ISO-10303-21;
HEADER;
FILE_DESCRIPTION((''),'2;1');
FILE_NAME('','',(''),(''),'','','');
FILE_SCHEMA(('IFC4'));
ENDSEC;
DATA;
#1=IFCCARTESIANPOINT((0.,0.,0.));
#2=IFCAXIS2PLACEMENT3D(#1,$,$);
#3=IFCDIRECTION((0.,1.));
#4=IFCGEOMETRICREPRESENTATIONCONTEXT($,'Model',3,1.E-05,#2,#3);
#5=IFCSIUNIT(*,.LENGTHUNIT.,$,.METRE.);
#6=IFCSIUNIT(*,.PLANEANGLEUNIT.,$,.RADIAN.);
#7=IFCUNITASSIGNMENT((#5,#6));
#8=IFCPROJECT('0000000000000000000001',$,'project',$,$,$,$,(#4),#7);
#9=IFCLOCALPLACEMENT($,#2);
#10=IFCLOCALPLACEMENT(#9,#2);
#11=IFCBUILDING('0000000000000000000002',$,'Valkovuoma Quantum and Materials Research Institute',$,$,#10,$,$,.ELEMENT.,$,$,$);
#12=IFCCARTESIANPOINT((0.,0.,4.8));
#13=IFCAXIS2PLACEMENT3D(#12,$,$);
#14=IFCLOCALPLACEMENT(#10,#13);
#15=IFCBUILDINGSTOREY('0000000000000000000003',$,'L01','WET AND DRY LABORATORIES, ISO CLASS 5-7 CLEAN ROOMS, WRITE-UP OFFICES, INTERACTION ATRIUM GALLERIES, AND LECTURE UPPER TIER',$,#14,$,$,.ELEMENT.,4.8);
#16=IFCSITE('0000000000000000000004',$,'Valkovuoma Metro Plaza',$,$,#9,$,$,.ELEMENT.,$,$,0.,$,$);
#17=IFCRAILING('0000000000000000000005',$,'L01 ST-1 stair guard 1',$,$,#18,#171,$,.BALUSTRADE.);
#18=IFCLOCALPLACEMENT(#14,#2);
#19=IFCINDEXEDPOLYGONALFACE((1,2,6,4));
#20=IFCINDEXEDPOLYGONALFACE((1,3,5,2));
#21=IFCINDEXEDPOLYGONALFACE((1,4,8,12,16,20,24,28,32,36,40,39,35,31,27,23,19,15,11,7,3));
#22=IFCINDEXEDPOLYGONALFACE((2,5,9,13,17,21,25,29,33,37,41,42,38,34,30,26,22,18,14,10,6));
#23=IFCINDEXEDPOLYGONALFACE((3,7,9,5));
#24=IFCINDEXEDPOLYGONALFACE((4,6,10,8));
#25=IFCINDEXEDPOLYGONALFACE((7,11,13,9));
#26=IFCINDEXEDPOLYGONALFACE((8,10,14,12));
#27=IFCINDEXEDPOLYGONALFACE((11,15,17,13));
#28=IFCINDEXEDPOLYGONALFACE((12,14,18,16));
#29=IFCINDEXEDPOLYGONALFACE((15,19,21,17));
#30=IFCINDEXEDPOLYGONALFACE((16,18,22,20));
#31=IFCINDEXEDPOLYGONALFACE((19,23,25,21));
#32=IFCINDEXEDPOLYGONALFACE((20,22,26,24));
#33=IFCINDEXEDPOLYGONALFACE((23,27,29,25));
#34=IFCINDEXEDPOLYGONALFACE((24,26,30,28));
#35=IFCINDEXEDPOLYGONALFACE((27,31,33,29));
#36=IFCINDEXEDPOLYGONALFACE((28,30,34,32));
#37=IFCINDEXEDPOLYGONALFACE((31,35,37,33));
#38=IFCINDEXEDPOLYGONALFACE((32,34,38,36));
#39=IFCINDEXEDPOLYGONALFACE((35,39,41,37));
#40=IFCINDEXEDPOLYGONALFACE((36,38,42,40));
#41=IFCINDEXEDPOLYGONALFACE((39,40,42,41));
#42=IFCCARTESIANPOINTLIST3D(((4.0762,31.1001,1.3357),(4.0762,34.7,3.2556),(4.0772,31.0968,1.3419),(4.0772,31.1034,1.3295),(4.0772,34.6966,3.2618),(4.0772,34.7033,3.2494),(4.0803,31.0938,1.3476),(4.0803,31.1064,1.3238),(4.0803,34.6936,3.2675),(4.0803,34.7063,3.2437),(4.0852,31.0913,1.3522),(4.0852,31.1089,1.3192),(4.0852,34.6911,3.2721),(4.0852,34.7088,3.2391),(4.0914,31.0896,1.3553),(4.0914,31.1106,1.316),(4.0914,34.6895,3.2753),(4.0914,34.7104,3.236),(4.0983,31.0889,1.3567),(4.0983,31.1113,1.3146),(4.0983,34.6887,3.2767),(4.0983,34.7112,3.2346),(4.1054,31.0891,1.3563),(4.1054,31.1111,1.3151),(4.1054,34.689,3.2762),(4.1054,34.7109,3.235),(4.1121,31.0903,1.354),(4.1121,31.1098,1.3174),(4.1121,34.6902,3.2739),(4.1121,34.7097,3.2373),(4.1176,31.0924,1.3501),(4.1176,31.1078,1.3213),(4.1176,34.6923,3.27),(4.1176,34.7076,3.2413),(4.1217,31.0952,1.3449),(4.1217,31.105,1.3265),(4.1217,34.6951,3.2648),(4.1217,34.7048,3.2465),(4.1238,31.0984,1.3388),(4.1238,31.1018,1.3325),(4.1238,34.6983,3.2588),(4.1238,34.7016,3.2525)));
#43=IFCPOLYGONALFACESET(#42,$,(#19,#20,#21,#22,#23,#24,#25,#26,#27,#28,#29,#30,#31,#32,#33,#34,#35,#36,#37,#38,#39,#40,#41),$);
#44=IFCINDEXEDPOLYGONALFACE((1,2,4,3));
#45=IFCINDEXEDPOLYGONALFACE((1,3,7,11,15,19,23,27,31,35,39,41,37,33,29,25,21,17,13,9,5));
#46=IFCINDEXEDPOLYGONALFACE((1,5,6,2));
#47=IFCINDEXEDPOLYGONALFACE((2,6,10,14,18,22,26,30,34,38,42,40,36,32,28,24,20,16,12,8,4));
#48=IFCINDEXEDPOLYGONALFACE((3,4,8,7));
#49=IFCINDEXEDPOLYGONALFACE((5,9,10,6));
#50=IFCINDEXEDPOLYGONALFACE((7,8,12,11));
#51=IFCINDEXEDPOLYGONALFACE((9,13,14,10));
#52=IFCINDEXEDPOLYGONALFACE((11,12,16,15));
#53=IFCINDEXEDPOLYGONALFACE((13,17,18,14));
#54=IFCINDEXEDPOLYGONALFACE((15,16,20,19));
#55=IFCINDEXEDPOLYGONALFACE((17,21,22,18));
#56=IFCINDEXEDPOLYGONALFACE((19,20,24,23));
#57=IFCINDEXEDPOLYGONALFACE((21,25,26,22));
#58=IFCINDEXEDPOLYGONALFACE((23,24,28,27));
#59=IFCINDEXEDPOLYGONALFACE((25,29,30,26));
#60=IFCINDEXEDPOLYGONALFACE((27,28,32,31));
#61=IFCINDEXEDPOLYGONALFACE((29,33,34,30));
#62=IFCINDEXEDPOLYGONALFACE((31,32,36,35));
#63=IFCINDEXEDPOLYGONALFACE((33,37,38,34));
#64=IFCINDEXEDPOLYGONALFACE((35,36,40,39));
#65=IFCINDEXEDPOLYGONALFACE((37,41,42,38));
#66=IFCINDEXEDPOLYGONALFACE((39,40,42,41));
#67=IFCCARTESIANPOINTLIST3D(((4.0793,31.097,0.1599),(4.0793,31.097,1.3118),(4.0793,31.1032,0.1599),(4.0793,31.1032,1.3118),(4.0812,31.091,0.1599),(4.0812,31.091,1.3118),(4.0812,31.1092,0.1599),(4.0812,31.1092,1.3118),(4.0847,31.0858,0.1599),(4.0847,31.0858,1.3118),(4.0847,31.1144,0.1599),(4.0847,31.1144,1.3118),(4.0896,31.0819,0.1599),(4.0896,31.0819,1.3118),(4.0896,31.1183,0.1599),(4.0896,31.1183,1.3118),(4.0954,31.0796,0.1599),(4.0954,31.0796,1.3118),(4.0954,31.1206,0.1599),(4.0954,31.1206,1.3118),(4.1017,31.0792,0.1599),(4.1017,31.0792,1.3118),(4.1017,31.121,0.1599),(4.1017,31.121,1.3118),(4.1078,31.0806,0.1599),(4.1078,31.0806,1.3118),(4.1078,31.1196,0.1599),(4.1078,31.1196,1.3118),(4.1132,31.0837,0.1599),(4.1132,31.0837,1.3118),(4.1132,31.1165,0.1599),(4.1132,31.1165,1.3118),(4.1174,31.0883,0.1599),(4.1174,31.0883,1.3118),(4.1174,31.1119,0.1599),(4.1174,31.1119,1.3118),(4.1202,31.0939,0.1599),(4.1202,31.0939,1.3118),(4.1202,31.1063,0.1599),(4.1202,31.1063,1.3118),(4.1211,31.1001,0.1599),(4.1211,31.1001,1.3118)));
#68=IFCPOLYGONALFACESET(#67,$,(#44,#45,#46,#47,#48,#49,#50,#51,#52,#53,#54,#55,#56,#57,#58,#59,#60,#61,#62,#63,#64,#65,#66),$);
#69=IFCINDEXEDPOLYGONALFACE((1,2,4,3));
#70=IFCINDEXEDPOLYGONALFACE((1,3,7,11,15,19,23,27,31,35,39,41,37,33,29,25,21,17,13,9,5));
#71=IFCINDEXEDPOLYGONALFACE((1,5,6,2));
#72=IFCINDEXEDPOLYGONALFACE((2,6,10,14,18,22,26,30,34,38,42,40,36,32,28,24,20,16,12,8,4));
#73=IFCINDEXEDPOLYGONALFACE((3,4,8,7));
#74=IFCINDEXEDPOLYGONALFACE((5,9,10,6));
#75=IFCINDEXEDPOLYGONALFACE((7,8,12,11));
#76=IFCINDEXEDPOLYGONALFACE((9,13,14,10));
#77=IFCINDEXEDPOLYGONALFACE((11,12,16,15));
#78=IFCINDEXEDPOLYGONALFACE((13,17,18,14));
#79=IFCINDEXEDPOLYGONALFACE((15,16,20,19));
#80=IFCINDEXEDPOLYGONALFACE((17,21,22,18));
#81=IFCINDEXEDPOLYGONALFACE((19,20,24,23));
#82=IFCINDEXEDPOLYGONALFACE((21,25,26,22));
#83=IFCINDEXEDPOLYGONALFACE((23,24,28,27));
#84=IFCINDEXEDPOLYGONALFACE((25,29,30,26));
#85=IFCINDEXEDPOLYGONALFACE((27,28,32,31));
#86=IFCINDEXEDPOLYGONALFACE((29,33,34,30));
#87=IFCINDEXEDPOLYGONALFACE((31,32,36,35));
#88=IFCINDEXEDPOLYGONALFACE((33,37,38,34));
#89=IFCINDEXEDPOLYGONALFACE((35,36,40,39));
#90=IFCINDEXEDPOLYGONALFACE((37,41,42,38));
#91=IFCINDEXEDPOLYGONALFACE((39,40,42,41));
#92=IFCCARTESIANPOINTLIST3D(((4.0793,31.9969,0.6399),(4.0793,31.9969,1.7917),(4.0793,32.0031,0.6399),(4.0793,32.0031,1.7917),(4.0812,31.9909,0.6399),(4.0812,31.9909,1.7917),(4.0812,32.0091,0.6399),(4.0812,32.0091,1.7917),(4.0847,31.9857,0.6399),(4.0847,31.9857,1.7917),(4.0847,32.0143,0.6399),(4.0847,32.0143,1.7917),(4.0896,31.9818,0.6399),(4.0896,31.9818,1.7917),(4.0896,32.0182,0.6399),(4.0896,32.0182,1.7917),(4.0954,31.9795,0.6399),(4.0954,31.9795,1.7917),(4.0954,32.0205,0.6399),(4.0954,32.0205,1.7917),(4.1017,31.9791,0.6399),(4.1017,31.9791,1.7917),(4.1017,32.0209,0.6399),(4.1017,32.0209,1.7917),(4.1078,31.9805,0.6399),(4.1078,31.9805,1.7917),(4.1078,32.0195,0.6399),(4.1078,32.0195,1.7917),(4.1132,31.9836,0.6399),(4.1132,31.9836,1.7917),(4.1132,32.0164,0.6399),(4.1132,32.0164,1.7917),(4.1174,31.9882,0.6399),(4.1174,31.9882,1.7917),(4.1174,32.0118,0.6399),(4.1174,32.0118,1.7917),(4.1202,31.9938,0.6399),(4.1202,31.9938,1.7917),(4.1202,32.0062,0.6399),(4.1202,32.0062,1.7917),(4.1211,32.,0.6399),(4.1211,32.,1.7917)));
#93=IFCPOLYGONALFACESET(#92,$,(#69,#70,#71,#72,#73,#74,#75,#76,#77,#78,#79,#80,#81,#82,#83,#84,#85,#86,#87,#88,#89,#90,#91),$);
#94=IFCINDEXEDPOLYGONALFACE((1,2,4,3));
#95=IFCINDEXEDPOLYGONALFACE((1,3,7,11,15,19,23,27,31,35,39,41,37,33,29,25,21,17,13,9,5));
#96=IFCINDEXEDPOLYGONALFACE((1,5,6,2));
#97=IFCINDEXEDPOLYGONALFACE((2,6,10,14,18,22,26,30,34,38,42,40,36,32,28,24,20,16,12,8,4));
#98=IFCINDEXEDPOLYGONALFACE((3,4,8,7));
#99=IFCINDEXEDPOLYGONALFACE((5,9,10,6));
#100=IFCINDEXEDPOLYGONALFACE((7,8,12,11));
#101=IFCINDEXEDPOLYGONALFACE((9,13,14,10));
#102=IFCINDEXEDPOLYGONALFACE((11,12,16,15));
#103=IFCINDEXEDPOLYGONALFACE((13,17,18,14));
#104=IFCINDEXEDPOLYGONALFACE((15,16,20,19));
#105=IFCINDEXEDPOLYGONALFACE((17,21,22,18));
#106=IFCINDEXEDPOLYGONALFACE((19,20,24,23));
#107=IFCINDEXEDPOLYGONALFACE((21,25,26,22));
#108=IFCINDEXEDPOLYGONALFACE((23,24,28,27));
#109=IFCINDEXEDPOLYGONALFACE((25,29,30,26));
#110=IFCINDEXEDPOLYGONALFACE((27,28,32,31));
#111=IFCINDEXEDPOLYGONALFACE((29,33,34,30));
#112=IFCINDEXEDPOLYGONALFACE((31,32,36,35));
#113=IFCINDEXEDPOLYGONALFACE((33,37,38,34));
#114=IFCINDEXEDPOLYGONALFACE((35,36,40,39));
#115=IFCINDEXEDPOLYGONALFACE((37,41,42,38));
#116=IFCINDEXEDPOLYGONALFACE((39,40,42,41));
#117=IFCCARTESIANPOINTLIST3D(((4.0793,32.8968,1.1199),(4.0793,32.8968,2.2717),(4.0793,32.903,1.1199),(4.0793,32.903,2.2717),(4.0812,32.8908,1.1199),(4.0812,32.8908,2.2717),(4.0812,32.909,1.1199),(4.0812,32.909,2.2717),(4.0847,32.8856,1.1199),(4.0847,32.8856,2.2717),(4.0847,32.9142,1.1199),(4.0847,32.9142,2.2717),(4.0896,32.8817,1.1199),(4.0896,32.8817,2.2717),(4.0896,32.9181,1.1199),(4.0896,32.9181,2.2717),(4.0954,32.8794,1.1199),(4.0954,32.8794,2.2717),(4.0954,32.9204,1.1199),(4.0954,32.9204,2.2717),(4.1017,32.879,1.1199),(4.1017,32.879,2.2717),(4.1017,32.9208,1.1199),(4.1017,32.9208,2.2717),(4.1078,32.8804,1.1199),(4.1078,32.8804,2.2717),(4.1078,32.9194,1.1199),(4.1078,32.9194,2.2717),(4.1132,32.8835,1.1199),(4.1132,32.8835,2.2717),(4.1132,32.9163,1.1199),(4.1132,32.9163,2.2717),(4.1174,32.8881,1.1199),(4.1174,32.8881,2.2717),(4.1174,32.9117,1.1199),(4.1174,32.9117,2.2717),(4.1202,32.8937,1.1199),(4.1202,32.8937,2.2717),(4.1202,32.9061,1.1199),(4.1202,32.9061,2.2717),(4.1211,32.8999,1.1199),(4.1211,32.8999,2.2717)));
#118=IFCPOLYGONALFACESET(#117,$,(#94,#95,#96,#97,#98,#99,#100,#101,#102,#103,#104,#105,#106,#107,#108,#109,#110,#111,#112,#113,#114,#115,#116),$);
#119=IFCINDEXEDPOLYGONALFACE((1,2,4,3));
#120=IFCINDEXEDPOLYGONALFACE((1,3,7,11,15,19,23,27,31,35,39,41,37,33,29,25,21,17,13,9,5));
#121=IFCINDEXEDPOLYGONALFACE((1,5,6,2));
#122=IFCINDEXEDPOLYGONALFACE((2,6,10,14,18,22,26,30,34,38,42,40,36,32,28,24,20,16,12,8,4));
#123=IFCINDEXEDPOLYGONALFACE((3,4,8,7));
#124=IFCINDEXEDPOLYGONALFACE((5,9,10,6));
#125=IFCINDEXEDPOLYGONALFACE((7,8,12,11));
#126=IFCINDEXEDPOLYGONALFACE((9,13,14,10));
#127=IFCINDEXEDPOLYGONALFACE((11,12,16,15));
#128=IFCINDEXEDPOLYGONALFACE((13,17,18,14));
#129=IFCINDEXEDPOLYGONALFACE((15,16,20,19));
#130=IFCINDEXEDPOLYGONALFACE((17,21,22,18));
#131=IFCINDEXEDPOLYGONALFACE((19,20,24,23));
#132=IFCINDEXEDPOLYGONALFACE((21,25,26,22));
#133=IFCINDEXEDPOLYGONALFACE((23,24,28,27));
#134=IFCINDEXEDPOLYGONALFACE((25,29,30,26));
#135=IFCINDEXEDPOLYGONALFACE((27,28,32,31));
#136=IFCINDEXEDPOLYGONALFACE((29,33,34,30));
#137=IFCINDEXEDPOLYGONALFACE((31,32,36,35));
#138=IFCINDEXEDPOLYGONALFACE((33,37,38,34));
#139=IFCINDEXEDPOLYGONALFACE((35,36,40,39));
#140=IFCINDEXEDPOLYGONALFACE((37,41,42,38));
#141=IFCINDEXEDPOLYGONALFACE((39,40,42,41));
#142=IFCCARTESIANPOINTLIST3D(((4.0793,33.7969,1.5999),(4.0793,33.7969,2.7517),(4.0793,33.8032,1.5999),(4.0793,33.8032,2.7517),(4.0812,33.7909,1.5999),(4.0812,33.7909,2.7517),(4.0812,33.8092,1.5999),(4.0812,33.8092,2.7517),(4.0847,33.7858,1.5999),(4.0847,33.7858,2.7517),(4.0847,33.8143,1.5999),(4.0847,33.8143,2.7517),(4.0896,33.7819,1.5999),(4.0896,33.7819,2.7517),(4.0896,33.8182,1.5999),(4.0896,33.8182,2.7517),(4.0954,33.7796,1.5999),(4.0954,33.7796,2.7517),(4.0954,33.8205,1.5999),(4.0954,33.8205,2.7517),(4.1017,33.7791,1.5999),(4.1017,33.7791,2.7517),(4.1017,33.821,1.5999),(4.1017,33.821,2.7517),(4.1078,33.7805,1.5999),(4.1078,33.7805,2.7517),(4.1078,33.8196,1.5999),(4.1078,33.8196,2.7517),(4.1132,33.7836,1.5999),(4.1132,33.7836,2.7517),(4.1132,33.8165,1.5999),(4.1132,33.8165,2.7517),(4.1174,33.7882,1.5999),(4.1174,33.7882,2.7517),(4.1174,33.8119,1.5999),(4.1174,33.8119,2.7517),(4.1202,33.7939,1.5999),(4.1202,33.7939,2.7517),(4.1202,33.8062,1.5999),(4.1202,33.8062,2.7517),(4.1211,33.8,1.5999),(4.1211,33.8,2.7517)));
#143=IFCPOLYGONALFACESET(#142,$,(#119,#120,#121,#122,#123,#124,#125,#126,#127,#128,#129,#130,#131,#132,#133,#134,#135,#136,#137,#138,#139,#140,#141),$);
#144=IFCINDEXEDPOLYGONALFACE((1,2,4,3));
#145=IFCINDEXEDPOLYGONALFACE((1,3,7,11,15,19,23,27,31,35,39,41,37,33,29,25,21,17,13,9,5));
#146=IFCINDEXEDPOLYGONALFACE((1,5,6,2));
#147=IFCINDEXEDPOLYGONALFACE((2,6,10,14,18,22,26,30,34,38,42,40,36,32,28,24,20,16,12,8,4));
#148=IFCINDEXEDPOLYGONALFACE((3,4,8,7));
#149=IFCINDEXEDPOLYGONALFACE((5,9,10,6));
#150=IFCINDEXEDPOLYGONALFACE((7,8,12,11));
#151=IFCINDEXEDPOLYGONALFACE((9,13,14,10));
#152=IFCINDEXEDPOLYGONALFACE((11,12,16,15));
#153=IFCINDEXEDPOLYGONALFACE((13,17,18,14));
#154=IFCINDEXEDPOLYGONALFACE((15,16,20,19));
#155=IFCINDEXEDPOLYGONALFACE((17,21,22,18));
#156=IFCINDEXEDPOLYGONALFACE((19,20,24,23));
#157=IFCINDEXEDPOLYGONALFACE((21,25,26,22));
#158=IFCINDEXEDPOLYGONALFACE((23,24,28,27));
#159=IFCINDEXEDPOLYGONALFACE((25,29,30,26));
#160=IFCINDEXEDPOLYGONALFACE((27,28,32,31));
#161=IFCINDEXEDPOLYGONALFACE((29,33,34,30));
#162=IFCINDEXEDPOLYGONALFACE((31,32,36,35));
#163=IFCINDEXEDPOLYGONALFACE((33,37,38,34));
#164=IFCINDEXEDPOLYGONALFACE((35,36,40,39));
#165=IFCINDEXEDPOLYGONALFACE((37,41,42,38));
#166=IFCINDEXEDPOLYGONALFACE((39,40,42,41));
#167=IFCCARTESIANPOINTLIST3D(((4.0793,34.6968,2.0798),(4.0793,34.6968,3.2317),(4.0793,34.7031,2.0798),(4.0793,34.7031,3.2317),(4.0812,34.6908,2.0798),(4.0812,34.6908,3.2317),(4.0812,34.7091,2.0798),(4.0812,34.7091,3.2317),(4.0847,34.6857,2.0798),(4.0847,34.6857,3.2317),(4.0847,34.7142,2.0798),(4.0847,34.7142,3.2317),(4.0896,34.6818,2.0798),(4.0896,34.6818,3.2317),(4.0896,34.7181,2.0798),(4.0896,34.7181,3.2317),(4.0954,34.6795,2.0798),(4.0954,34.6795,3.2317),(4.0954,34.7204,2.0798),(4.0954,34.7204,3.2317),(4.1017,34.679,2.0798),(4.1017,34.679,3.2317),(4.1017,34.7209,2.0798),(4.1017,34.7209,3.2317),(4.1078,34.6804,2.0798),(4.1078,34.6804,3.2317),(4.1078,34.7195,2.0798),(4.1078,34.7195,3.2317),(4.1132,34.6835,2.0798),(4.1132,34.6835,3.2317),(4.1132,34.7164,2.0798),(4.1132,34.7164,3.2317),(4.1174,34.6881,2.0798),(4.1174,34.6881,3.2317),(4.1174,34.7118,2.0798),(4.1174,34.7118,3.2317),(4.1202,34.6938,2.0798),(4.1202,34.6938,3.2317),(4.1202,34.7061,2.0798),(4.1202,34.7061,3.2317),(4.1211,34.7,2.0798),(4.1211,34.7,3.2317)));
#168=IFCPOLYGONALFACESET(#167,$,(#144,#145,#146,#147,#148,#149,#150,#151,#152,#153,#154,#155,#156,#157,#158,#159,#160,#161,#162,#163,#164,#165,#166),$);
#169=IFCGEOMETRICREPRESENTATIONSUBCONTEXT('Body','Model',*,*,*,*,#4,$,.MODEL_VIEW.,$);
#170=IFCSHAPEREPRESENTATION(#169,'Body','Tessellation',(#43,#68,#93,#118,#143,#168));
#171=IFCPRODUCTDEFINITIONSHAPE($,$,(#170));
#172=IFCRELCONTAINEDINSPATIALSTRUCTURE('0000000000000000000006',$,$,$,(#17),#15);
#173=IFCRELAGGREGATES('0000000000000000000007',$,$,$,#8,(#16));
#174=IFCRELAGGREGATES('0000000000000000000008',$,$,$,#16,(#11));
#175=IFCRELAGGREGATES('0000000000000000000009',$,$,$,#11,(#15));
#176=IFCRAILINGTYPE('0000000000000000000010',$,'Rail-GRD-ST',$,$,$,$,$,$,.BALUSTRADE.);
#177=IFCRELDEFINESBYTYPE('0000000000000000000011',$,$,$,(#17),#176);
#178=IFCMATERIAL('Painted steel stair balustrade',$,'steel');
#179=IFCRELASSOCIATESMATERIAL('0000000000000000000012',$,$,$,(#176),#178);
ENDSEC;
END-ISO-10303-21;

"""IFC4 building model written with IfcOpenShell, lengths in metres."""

from ifc_helpers import new_model, si_unit, direction, frame, origin, origin_2d, place, context, subcontext, project, spatial, circle, extrude, material, type_object, element, save


model = new_model("IFC4")

# Units and contexts
model_context = context("Model", 3, precision=1e-05, world=origin(), true_north=direction((0.0, 1.0)))
body_context = subcontext(model_context, "Body", "Model", "MODEL_VIEW")
ifc_project = project(units=[si_unit("LENGTHUNIT", "METRE"), si_unit("PLANEANGLEUNIT", "RADIAN")], contexts=[model_context])

# Site, building, storey
site_placement = place(None, origin())
site = spatial("IfcSite", under=ifc_project, at=site_placement, Name="Valkovuoma Metro Plaza", CompositionType="ELEMENT", RefElevation=0.0)
building_placement = place(site_placement, origin())
building = spatial("IfcBuilding", under=site, at=building_placement, Name="Valkovuoma Quantum and Materials Research Institute", CompositionType="ELEMENT")
storey_placement = place(building_placement, frame((0.0, 0.0, 4.8)))
storey = spatial("IfcBuildingStorey", under=building, at=storey_placement, Name="L01", Description="WET AND DRY LABORATORIES, ISO CLASS 5-7 CLEAN ROOMS, WRITE-UP OFFICES, INTERACTION ATRIUM GALLERIES, AND LECTURE UPPER TIER", CompositionType="ELEMENT", Elevation=4.8)

# Railing
ifc_material_1 = material(Name="Painted steel stair balustrade", Category="steel")
railing_type_1 = type_object("IfcRailingType", Name="Rail-GRD-ST", PredefinedType="BALUSTRADE", material=ifc_material_1)
railing_1_placement = place(storey_placement, frame((4.1001, 31.1001, 0.1599)))
element("IfcRailing", 1, at=railing_1_placement, inside=storey, type_object=railing_type_1, Name="L01 ST-1 stair guard 1", PredefinedType="BALUSTRADE", context=body_context, shape_type="SweptSolid", body=[
    extrude(circle(Radius=0.0239, at=origin_2d()), frame((0.0, 0.0, 1.1758), z_axis=(0.0, 0.882353, 0.470588), x_axis=(-1.0, 0.0, 0.0)), (0.0, 0.0, 1.0), 4.0798),
    extrude(circle(Radius=0.021, at=origin_2d()), origin(), (0.0, 0.0, 1.0), 1.1519),
    extrude(circle(Radius=0.021, at=origin_2d()), frame((0.0, 0.8999, 0.48)), (0.0, 0.0, 1.0), 1.1519),
    extrude(circle(Radius=0.021, at=origin_2d()), frame((0.0, 1.7998, 0.96)), (0.0, 0.0, 1.0), 1.1519),
    extrude(circle(Radius=0.021, at=origin_2d()), frame((0.0, 2.7, 1.4399)), (0.0, 0.0, 1.0), 1.1519),
    extrude(circle(Radius=0.021, at=origin_2d()), frame((0.0, 3.5999, 1.9199)), (0.0, 0.0, 1.0), 1.1519),
])

save(model, "model.ifc")
